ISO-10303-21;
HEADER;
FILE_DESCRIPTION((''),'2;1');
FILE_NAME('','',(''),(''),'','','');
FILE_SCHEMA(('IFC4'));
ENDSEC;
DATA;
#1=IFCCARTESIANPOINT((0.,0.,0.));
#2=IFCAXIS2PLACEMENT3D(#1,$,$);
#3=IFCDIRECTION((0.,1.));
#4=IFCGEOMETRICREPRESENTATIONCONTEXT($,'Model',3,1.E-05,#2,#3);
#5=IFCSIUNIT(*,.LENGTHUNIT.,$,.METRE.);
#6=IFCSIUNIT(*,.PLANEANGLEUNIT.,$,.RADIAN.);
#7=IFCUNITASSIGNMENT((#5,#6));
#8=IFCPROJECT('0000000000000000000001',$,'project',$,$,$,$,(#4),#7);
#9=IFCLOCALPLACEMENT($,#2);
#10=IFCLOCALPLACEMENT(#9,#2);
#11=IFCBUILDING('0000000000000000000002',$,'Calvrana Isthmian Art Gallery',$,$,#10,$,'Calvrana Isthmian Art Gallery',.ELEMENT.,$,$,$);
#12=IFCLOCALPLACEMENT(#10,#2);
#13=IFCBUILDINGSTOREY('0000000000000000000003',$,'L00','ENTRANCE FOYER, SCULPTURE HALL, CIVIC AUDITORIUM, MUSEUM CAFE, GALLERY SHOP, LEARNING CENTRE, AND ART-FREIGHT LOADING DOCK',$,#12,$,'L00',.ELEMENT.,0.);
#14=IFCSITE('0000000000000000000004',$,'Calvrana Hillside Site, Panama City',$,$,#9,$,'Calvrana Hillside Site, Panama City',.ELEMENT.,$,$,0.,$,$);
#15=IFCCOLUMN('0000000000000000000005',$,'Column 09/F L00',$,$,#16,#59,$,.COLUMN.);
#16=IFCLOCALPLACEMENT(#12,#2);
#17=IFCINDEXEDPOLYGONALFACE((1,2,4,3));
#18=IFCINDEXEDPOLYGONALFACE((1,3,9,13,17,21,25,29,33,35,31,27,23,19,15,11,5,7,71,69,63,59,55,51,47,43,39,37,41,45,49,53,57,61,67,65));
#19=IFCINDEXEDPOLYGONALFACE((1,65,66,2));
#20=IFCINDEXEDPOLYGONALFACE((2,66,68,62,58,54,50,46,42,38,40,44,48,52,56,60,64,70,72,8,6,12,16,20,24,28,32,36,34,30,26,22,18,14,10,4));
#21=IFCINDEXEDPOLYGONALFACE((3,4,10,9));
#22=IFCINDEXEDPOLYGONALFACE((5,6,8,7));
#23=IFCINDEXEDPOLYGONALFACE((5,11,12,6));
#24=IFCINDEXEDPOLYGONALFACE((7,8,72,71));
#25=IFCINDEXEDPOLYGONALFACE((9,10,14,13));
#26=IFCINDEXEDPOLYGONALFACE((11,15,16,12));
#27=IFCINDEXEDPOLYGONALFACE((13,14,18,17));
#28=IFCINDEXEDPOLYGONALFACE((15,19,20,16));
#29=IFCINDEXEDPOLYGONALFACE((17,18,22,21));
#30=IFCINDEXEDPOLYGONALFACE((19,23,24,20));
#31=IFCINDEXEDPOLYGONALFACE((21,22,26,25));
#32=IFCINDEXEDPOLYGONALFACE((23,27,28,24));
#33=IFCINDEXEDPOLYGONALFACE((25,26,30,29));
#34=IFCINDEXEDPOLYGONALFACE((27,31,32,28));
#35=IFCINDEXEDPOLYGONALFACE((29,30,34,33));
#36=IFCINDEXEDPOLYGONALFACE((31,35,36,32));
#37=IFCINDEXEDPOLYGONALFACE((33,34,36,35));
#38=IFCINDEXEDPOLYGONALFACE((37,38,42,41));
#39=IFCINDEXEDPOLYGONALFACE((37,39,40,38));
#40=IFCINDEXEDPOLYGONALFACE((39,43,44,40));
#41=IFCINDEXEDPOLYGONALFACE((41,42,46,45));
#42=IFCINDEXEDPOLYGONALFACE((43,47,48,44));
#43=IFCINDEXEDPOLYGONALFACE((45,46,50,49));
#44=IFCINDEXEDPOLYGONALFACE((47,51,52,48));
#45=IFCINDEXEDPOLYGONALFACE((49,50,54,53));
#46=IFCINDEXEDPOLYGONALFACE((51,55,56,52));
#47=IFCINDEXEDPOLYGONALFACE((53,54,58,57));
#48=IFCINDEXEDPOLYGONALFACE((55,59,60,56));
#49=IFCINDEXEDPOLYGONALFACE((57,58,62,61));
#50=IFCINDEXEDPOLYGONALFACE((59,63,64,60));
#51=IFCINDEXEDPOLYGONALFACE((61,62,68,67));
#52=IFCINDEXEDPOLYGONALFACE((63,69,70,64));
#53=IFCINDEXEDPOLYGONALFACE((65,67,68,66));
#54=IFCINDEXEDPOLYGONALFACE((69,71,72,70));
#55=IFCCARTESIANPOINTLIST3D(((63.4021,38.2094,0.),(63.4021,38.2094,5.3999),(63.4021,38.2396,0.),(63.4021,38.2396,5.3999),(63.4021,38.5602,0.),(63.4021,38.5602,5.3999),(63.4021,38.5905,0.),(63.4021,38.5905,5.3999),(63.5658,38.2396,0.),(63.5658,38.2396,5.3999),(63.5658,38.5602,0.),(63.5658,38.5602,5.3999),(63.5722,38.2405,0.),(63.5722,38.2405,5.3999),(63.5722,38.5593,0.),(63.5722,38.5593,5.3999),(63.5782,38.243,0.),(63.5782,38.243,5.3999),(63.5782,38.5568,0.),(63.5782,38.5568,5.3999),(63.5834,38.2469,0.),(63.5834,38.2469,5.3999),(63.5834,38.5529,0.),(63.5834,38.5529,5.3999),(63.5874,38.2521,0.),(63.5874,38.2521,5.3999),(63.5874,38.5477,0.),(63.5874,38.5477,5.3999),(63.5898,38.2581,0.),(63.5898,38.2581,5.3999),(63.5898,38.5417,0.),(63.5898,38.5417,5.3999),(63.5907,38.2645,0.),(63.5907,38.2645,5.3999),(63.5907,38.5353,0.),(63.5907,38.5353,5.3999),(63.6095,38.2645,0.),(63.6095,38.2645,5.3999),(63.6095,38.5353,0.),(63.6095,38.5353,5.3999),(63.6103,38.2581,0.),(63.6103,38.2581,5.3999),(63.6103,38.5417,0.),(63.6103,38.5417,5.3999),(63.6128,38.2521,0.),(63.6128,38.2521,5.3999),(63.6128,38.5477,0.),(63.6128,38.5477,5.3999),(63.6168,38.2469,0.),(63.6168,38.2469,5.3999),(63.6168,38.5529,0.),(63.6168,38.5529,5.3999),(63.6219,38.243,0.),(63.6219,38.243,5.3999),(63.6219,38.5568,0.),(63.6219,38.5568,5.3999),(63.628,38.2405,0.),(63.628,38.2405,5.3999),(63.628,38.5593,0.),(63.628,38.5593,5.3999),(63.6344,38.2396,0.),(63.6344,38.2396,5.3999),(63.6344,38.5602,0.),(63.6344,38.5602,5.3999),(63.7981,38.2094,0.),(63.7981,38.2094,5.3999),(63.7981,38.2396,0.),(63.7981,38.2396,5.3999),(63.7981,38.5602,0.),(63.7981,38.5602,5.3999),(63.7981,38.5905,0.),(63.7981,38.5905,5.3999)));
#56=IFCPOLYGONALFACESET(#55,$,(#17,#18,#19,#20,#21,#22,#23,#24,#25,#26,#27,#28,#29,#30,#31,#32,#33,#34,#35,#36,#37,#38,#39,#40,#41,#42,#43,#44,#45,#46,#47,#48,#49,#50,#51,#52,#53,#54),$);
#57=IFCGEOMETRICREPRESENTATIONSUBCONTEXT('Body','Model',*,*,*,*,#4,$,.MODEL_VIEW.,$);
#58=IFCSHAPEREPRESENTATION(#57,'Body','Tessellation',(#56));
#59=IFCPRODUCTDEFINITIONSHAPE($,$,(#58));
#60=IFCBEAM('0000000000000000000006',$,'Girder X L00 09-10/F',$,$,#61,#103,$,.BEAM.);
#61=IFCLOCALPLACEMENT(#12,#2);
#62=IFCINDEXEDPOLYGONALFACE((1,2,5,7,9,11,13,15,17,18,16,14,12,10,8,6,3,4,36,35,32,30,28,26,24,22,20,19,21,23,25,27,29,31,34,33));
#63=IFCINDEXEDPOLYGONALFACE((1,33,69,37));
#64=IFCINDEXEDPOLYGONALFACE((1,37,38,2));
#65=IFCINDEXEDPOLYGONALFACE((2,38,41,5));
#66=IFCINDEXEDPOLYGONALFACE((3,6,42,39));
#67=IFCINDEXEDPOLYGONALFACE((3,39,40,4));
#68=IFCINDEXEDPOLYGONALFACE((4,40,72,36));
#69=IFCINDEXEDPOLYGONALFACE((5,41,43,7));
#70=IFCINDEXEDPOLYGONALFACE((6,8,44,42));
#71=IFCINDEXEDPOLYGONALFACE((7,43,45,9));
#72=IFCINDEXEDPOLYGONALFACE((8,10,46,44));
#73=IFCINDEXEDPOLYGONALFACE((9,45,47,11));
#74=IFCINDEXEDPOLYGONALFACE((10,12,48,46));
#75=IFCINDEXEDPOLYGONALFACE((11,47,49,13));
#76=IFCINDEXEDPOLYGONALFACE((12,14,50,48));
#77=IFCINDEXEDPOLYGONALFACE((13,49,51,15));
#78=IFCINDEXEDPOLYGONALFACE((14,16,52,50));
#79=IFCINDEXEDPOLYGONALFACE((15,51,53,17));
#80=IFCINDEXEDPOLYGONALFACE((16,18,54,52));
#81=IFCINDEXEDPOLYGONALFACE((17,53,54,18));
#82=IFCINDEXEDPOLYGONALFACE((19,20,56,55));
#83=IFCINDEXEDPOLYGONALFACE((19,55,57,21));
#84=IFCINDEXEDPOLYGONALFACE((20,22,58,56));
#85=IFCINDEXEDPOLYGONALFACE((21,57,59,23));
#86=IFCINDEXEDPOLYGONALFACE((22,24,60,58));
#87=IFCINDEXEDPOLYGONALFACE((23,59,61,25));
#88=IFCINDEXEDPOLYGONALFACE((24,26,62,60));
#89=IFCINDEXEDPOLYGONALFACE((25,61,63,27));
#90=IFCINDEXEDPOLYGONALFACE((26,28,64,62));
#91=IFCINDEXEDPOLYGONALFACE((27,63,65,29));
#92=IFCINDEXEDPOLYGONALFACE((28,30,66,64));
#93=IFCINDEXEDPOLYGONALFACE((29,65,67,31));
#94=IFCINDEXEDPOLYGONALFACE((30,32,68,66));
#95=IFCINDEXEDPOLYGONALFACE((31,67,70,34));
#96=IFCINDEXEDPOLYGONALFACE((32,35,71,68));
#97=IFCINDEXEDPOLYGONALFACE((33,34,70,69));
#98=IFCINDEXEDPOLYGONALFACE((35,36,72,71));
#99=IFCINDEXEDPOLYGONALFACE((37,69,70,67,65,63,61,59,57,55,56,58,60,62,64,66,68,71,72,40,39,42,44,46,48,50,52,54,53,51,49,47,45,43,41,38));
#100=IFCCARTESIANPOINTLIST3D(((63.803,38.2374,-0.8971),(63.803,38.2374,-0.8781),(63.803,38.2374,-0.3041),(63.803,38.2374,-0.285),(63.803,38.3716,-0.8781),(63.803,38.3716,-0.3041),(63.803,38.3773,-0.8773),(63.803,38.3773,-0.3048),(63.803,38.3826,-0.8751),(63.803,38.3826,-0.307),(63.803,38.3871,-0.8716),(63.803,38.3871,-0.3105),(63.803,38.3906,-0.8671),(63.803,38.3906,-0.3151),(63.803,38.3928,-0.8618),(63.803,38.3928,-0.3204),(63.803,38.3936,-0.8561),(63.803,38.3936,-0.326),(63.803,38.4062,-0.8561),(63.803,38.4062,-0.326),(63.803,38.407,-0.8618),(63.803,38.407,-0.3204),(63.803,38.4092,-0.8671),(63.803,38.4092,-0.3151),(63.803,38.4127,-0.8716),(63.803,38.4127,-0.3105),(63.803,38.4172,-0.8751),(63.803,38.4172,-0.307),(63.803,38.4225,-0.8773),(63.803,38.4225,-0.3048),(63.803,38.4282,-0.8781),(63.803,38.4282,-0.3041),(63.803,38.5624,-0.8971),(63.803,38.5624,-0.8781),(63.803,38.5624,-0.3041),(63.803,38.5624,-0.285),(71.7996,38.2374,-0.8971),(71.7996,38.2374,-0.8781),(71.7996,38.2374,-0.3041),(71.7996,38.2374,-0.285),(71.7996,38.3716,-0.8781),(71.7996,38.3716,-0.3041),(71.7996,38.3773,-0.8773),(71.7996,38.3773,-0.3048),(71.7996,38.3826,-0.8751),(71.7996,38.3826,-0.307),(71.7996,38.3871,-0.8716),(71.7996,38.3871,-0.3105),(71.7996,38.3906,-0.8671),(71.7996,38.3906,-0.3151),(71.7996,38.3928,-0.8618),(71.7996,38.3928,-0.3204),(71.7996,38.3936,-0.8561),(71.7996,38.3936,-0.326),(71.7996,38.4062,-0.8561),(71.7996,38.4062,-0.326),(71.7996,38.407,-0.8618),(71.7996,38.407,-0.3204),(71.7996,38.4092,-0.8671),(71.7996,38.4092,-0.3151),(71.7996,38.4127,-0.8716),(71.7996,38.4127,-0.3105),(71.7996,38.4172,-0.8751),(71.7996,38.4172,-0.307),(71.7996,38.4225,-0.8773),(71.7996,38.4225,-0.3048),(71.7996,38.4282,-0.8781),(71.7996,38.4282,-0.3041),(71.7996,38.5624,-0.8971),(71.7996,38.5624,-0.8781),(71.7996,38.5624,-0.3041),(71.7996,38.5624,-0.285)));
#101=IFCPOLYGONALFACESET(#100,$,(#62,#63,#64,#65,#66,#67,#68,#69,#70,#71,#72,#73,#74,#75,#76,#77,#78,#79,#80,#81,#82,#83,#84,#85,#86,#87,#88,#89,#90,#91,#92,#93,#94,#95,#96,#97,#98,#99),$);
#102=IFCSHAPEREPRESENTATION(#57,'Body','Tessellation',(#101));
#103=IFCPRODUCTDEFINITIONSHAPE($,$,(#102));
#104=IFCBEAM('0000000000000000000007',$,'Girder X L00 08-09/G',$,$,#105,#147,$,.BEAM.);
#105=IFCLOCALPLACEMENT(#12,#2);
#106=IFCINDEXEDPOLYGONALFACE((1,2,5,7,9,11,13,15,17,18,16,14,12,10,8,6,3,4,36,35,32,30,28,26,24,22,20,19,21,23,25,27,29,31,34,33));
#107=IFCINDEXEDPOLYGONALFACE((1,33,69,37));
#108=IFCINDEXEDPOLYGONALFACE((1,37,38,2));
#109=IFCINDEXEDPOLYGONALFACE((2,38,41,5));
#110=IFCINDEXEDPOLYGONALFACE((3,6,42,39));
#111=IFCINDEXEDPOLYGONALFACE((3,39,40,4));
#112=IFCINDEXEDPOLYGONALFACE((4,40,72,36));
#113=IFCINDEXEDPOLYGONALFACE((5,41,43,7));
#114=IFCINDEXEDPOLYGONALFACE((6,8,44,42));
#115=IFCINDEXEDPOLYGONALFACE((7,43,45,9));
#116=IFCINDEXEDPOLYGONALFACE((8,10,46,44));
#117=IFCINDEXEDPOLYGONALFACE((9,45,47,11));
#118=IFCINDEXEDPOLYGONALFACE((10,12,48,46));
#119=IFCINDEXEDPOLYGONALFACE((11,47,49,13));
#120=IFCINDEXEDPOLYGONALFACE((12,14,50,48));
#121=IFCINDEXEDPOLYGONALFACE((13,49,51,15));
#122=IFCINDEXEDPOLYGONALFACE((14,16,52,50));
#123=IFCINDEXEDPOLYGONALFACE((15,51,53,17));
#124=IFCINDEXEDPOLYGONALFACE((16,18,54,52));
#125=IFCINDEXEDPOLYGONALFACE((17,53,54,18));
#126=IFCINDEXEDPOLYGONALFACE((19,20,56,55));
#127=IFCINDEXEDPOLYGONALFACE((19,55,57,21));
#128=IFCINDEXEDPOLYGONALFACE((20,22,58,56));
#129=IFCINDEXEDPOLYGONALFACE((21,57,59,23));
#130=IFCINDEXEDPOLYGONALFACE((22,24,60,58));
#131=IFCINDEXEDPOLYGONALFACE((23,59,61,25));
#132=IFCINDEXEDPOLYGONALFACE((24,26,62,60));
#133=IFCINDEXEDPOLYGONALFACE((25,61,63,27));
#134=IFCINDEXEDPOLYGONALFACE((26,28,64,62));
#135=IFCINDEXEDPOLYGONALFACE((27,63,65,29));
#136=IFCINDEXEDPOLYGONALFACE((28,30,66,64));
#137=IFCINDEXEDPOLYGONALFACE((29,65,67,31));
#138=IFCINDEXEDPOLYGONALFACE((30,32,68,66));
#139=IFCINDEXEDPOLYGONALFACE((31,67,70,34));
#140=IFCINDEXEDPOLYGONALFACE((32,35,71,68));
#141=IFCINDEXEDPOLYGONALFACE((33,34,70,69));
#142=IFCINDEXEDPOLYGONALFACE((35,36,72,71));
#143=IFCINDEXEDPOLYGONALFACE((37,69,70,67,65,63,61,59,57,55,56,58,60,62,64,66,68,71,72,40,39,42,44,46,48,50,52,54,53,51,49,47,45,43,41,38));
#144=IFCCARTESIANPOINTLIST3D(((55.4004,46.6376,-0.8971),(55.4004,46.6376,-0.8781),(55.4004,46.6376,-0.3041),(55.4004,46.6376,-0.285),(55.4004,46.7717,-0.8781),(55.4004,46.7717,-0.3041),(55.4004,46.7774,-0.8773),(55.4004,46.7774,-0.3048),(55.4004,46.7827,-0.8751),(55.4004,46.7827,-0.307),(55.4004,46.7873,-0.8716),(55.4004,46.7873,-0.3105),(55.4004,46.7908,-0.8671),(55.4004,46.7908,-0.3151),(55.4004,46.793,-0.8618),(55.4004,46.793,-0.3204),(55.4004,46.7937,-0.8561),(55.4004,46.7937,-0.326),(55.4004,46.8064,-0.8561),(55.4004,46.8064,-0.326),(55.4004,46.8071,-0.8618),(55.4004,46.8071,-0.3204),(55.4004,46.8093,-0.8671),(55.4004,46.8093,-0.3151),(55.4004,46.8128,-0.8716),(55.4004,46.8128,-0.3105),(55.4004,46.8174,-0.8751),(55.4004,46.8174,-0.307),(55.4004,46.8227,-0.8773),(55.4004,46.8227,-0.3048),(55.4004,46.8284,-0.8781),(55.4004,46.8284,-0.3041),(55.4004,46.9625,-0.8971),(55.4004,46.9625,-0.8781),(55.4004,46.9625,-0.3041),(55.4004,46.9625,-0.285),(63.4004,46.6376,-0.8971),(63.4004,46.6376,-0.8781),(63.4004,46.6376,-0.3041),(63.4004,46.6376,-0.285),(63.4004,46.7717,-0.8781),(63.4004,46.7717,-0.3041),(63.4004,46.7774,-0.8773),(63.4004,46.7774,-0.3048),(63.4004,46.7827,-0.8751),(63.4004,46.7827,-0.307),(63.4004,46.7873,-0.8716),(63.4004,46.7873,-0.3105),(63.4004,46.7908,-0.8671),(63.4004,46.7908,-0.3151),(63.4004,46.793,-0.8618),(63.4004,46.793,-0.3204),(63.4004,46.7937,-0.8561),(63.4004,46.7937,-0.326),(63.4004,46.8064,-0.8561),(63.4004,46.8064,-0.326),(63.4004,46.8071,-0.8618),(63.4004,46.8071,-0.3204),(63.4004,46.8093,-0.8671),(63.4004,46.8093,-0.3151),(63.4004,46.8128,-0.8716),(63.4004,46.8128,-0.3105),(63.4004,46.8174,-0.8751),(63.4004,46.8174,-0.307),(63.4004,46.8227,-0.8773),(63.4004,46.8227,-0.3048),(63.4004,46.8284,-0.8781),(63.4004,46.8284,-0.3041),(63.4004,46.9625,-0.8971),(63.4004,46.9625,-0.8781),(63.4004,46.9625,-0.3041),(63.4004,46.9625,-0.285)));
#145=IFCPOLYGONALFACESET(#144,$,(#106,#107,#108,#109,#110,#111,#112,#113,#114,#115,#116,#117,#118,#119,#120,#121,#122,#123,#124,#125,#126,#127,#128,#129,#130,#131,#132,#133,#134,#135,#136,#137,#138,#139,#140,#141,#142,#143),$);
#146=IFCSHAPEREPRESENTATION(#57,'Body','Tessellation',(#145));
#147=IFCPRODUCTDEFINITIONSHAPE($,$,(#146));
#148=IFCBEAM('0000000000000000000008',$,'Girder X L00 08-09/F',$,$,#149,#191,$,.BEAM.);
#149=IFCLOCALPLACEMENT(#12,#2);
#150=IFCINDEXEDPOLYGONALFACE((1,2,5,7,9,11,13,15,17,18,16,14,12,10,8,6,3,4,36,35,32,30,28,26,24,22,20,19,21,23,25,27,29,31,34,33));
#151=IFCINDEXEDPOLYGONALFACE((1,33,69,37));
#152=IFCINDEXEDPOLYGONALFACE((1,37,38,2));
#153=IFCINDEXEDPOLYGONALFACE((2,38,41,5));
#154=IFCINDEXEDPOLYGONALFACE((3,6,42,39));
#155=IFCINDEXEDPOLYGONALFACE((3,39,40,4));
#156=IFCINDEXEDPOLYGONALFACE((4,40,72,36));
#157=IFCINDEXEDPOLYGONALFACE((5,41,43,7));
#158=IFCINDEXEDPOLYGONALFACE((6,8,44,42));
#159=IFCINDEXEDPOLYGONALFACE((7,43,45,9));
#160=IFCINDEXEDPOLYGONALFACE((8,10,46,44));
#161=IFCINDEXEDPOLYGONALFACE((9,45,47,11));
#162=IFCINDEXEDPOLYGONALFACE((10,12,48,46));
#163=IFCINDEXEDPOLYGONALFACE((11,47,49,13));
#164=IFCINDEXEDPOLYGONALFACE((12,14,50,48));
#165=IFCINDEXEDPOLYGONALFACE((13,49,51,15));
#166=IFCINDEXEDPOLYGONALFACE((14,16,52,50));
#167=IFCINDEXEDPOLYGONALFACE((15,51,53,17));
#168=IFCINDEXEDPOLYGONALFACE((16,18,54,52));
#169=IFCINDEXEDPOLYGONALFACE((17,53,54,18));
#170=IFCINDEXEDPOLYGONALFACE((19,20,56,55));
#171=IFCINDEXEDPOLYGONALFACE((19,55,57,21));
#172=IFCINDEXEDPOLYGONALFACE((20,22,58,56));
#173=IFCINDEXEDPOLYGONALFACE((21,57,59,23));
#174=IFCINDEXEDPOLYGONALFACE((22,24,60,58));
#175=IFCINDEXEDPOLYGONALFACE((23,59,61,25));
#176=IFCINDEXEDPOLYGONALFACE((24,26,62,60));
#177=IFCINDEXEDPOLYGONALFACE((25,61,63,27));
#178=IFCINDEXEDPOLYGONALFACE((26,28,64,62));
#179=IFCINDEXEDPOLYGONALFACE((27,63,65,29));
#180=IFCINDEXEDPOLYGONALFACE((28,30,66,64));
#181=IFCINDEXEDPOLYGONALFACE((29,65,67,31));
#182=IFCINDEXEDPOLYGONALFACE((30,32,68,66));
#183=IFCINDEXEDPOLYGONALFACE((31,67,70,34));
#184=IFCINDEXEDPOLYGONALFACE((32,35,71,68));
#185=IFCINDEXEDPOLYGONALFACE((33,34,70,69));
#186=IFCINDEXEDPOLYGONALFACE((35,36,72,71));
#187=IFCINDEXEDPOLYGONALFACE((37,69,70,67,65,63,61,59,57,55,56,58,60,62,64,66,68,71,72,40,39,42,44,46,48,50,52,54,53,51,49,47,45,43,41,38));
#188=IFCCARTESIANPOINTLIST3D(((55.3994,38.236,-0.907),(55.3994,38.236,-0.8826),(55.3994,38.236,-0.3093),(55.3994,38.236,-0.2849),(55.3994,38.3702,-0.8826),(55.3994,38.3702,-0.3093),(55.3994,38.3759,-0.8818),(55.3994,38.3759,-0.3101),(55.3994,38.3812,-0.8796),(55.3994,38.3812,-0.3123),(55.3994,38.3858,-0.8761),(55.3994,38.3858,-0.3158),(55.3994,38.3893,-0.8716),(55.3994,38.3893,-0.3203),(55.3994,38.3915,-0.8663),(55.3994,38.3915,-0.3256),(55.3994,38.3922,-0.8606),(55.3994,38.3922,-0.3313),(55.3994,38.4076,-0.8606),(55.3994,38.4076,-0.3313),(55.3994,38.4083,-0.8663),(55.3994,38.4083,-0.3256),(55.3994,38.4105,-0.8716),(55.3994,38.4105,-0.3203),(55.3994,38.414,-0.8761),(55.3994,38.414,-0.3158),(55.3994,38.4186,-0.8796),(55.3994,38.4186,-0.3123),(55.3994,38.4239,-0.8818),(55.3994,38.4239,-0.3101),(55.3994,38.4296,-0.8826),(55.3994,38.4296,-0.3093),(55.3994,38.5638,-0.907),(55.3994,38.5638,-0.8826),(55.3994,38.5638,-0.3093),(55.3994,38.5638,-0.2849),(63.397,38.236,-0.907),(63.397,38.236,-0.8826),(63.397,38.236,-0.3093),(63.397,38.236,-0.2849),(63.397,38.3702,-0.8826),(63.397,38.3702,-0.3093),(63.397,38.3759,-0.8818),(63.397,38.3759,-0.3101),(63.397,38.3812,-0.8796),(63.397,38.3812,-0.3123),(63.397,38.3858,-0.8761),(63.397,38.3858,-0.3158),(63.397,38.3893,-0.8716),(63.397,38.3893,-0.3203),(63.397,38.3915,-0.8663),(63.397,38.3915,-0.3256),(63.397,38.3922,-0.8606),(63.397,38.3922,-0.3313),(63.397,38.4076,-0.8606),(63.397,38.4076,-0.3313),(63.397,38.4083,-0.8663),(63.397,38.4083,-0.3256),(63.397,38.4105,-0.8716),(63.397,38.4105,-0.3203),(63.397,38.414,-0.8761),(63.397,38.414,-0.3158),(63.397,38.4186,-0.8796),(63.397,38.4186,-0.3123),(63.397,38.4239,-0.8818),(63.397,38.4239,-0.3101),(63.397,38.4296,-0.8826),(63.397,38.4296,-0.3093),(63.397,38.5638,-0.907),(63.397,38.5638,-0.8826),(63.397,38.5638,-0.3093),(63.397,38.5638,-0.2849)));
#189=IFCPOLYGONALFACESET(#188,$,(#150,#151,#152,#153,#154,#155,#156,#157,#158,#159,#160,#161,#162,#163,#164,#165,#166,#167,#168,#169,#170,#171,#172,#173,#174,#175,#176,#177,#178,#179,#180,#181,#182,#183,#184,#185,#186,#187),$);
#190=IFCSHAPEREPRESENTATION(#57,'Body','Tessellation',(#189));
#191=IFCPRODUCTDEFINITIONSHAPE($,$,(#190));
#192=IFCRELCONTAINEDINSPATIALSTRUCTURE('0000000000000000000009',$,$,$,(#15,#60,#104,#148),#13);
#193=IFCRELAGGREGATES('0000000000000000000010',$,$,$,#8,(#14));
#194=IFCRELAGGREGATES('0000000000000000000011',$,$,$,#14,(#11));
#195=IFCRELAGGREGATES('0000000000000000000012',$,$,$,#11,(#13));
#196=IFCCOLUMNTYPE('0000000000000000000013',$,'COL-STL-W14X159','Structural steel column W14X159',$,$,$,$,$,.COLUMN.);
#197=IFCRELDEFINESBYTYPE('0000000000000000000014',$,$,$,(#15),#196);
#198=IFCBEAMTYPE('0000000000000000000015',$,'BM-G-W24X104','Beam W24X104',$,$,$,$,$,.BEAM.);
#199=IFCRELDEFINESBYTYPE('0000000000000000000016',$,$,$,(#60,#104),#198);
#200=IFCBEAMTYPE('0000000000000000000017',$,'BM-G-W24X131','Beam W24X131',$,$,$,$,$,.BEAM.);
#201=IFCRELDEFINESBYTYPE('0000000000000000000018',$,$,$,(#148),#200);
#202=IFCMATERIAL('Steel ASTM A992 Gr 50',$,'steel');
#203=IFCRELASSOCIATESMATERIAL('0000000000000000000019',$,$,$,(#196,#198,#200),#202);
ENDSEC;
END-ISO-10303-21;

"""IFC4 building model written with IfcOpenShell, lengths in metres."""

from ifc_helpers import new_model, si_unit, direction, frame, origin, origin_2d, place, context, subcontext, project, spatial, i_section, extrude, material, material_profile, profile_set, type_object, element, save


model = new_model("IFC4")

# Units and contexts
model_context = context("Model", 3, precision=1e-05, world=origin(), true_north=direction((0.0, 1.0)))
body_context = subcontext(model_context, "Body", "Model", "MODEL_VIEW")
ifc_project = project(units=[si_unit("LENGTHUNIT", "METRE"), si_unit("PLANEANGLEUNIT", "RADIAN")], contexts=[model_context])

# Site, building, storey
site_placement = place(None, origin())
site = spatial("IfcSite", under=ifc_project, at=site_placement, Name="Calvrana Hillside Site, Panama City", LongName="Calvrana Hillside Site, Panama City", CompositionType="ELEMENT", RefElevation=0.0)
building_placement = place(site_placement, origin())
building = spatial("IfcBuilding", under=site, at=building_placement, Name="Calvrana Isthmian Art Gallery", LongName="Calvrana Isthmian Art Gallery", CompositionType="ELEMENT")
storey_placement = place(building_placement, origin())
storey = spatial("IfcBuildingStorey", under=building, at=storey_placement, Name="L00", Description="ENTRANCE FOYER, SCULPTURE HALL, CIVIC AUDITORIUM, MUSEUM CAFE, GALLERY SHOP, LEARNING CENTRE, AND ART-FREIGHT LOADING DOCK", LongName="L00", CompositionType="ELEMENT", Elevation=0.0)

# Column
ifc_material_1 = material(Name="Steel ASTM A992 Gr 50", Category="steel")
ifc_material_profile_1 = material_profile(ifc_material_1, i_section(OverallWidth=0.396, OverallDepth=0.3811, WebThickness=0.0188, FlangeThickness=0.0303, FilletRadius=0.0249, at=origin_2d()), Name="W14X159")
ifc_profile_set_1 = profile_set([ifc_material_profile_1], Name="Steel ASTM A992 Gr 50")
column_type = type_object("IfcColumnType", Name="COL-STL-W14X159", Description="Structural steel column W14X159", PredefinedType="COLUMN", material=ifc_profile_set_1)
column_placement = place(storey_placement, frame((63.6001, 38.3999, 0.0), z_axis=(0.0, 0.0, 1.0), x_axis=(1.0, 0.0, 0.0)))
element("IfcColumn", 1, at=column_placement, inside=storey, type_object=column_type, Name="Column 09/F L00", PredefinedType="COLUMN", context=body_context, shape_type="SweptSolid", body=[
    extrude(i_section(OverallWidth=0.396, OverallDepth=0.3811, WebThickness=0.0188, FlangeThickness=0.0303, FilletRadius=0.0249, at=origin_2d()), origin(), (0.0, 0.0, 1.0), 5.3999),
])

# Beams
ifc_material_profile_2 = material_profile(ifc_material_1, i_section(OverallWidth=0.325, OverallDepth=0.6121, WebThickness=0.0127, FlangeThickness=0.019, FilletRadius=0.022, at=origin_2d()), Name="W24X104")
ifc_profile_set_2 = profile_set([ifc_material_profile_2], Name="Steel ASTM A992 Gr 50")
beam_type_1 = type_object("IfcBeamType", Name="BM-G-W24X104", Description="Beam W24X104", PredefinedType="BEAM", material=ifc_profile_set_2)
beam_1_placement = place(storey_placement, frame((63.803, 38.3999, -0.5911), z_axis=(1.0, 0.0, 0.0), x_axis=(0.0, 1.0, 0.0)))
element("IfcBeam", 2, at=beam_1_placement, inside=storey, type_object=beam_type_1, Name="Girder X L00 09-10/F", PredefinedType="BEAM", context=body_context, shape_type="SweptSolid", body=[
    extrude(i_section(OverallWidth=0.325, OverallDepth=0.6121, WebThickness=0.0127, FlangeThickness=0.019, FilletRadius=0.022, at=origin_2d()), origin(), (0.0, 0.0, 1.0), 7.9966),
])
beam_2_placement = place(storey_placement, frame((55.4004, 46.8, -0.5911), z_axis=(1.0, 0.0, 0.0), x_axis=(0.0, 1.0, 0.0)))
element("IfcBeam", 3, at=beam_2_placement, inside=storey, type_object=beam_type_1, Name="Girder X L00 08-09/G", PredefinedType="BEAM", context=body_context, shape_type="SweptSolid", body=[
    extrude(i_section(OverallWidth=0.325, OverallDepth=0.6121, WebThickness=0.0127, FlangeThickness=0.019, FilletRadius=0.022, at=origin_2d()), origin(), (0.0, 0.0, 1.0), 8.0),
])
ifc_material_profile_3 = material_profile(ifc_material_1, i_section(OverallWidth=0.3279, OverallDepth=0.6221, WebThickness=0.0154, FlangeThickness=0.0244, FilletRadius=0.022, at=origin_2d()), Name="W24X131")
ifc_profile_set_3 = profile_set([ifc_material_profile_3], Name="Steel ASTM A992 Gr 50")
beam_type_2 = type_object("IfcBeamType", Name="BM-G-W24X131", Description="Beam W24X131", PredefinedType="BEAM", material=ifc_profile_set_3)
beam_3_placement = place(storey_placement, frame((55.3994, 38.3999, -0.5959), z_axis=(1.0, 0.0, 0.0), x_axis=(0.0, 1.0, 0.0)))
element("IfcBeam", 4, at=beam_3_placement, inside=storey, type_object=beam_type_2, Name="Girder X L00 08-09/F", PredefinedType="BEAM", context=body_context, shape_type="SweptSolid", body=[
    extrude(i_section(OverallWidth=0.3279, OverallDepth=0.6221, WebThickness=0.0154, FlangeThickness=0.0244, FilletRadius=0.022, at=origin_2d()), origin(), (0.0, 0.0, 1.0), 7.9976),
])

save(model, "model.ifc")
